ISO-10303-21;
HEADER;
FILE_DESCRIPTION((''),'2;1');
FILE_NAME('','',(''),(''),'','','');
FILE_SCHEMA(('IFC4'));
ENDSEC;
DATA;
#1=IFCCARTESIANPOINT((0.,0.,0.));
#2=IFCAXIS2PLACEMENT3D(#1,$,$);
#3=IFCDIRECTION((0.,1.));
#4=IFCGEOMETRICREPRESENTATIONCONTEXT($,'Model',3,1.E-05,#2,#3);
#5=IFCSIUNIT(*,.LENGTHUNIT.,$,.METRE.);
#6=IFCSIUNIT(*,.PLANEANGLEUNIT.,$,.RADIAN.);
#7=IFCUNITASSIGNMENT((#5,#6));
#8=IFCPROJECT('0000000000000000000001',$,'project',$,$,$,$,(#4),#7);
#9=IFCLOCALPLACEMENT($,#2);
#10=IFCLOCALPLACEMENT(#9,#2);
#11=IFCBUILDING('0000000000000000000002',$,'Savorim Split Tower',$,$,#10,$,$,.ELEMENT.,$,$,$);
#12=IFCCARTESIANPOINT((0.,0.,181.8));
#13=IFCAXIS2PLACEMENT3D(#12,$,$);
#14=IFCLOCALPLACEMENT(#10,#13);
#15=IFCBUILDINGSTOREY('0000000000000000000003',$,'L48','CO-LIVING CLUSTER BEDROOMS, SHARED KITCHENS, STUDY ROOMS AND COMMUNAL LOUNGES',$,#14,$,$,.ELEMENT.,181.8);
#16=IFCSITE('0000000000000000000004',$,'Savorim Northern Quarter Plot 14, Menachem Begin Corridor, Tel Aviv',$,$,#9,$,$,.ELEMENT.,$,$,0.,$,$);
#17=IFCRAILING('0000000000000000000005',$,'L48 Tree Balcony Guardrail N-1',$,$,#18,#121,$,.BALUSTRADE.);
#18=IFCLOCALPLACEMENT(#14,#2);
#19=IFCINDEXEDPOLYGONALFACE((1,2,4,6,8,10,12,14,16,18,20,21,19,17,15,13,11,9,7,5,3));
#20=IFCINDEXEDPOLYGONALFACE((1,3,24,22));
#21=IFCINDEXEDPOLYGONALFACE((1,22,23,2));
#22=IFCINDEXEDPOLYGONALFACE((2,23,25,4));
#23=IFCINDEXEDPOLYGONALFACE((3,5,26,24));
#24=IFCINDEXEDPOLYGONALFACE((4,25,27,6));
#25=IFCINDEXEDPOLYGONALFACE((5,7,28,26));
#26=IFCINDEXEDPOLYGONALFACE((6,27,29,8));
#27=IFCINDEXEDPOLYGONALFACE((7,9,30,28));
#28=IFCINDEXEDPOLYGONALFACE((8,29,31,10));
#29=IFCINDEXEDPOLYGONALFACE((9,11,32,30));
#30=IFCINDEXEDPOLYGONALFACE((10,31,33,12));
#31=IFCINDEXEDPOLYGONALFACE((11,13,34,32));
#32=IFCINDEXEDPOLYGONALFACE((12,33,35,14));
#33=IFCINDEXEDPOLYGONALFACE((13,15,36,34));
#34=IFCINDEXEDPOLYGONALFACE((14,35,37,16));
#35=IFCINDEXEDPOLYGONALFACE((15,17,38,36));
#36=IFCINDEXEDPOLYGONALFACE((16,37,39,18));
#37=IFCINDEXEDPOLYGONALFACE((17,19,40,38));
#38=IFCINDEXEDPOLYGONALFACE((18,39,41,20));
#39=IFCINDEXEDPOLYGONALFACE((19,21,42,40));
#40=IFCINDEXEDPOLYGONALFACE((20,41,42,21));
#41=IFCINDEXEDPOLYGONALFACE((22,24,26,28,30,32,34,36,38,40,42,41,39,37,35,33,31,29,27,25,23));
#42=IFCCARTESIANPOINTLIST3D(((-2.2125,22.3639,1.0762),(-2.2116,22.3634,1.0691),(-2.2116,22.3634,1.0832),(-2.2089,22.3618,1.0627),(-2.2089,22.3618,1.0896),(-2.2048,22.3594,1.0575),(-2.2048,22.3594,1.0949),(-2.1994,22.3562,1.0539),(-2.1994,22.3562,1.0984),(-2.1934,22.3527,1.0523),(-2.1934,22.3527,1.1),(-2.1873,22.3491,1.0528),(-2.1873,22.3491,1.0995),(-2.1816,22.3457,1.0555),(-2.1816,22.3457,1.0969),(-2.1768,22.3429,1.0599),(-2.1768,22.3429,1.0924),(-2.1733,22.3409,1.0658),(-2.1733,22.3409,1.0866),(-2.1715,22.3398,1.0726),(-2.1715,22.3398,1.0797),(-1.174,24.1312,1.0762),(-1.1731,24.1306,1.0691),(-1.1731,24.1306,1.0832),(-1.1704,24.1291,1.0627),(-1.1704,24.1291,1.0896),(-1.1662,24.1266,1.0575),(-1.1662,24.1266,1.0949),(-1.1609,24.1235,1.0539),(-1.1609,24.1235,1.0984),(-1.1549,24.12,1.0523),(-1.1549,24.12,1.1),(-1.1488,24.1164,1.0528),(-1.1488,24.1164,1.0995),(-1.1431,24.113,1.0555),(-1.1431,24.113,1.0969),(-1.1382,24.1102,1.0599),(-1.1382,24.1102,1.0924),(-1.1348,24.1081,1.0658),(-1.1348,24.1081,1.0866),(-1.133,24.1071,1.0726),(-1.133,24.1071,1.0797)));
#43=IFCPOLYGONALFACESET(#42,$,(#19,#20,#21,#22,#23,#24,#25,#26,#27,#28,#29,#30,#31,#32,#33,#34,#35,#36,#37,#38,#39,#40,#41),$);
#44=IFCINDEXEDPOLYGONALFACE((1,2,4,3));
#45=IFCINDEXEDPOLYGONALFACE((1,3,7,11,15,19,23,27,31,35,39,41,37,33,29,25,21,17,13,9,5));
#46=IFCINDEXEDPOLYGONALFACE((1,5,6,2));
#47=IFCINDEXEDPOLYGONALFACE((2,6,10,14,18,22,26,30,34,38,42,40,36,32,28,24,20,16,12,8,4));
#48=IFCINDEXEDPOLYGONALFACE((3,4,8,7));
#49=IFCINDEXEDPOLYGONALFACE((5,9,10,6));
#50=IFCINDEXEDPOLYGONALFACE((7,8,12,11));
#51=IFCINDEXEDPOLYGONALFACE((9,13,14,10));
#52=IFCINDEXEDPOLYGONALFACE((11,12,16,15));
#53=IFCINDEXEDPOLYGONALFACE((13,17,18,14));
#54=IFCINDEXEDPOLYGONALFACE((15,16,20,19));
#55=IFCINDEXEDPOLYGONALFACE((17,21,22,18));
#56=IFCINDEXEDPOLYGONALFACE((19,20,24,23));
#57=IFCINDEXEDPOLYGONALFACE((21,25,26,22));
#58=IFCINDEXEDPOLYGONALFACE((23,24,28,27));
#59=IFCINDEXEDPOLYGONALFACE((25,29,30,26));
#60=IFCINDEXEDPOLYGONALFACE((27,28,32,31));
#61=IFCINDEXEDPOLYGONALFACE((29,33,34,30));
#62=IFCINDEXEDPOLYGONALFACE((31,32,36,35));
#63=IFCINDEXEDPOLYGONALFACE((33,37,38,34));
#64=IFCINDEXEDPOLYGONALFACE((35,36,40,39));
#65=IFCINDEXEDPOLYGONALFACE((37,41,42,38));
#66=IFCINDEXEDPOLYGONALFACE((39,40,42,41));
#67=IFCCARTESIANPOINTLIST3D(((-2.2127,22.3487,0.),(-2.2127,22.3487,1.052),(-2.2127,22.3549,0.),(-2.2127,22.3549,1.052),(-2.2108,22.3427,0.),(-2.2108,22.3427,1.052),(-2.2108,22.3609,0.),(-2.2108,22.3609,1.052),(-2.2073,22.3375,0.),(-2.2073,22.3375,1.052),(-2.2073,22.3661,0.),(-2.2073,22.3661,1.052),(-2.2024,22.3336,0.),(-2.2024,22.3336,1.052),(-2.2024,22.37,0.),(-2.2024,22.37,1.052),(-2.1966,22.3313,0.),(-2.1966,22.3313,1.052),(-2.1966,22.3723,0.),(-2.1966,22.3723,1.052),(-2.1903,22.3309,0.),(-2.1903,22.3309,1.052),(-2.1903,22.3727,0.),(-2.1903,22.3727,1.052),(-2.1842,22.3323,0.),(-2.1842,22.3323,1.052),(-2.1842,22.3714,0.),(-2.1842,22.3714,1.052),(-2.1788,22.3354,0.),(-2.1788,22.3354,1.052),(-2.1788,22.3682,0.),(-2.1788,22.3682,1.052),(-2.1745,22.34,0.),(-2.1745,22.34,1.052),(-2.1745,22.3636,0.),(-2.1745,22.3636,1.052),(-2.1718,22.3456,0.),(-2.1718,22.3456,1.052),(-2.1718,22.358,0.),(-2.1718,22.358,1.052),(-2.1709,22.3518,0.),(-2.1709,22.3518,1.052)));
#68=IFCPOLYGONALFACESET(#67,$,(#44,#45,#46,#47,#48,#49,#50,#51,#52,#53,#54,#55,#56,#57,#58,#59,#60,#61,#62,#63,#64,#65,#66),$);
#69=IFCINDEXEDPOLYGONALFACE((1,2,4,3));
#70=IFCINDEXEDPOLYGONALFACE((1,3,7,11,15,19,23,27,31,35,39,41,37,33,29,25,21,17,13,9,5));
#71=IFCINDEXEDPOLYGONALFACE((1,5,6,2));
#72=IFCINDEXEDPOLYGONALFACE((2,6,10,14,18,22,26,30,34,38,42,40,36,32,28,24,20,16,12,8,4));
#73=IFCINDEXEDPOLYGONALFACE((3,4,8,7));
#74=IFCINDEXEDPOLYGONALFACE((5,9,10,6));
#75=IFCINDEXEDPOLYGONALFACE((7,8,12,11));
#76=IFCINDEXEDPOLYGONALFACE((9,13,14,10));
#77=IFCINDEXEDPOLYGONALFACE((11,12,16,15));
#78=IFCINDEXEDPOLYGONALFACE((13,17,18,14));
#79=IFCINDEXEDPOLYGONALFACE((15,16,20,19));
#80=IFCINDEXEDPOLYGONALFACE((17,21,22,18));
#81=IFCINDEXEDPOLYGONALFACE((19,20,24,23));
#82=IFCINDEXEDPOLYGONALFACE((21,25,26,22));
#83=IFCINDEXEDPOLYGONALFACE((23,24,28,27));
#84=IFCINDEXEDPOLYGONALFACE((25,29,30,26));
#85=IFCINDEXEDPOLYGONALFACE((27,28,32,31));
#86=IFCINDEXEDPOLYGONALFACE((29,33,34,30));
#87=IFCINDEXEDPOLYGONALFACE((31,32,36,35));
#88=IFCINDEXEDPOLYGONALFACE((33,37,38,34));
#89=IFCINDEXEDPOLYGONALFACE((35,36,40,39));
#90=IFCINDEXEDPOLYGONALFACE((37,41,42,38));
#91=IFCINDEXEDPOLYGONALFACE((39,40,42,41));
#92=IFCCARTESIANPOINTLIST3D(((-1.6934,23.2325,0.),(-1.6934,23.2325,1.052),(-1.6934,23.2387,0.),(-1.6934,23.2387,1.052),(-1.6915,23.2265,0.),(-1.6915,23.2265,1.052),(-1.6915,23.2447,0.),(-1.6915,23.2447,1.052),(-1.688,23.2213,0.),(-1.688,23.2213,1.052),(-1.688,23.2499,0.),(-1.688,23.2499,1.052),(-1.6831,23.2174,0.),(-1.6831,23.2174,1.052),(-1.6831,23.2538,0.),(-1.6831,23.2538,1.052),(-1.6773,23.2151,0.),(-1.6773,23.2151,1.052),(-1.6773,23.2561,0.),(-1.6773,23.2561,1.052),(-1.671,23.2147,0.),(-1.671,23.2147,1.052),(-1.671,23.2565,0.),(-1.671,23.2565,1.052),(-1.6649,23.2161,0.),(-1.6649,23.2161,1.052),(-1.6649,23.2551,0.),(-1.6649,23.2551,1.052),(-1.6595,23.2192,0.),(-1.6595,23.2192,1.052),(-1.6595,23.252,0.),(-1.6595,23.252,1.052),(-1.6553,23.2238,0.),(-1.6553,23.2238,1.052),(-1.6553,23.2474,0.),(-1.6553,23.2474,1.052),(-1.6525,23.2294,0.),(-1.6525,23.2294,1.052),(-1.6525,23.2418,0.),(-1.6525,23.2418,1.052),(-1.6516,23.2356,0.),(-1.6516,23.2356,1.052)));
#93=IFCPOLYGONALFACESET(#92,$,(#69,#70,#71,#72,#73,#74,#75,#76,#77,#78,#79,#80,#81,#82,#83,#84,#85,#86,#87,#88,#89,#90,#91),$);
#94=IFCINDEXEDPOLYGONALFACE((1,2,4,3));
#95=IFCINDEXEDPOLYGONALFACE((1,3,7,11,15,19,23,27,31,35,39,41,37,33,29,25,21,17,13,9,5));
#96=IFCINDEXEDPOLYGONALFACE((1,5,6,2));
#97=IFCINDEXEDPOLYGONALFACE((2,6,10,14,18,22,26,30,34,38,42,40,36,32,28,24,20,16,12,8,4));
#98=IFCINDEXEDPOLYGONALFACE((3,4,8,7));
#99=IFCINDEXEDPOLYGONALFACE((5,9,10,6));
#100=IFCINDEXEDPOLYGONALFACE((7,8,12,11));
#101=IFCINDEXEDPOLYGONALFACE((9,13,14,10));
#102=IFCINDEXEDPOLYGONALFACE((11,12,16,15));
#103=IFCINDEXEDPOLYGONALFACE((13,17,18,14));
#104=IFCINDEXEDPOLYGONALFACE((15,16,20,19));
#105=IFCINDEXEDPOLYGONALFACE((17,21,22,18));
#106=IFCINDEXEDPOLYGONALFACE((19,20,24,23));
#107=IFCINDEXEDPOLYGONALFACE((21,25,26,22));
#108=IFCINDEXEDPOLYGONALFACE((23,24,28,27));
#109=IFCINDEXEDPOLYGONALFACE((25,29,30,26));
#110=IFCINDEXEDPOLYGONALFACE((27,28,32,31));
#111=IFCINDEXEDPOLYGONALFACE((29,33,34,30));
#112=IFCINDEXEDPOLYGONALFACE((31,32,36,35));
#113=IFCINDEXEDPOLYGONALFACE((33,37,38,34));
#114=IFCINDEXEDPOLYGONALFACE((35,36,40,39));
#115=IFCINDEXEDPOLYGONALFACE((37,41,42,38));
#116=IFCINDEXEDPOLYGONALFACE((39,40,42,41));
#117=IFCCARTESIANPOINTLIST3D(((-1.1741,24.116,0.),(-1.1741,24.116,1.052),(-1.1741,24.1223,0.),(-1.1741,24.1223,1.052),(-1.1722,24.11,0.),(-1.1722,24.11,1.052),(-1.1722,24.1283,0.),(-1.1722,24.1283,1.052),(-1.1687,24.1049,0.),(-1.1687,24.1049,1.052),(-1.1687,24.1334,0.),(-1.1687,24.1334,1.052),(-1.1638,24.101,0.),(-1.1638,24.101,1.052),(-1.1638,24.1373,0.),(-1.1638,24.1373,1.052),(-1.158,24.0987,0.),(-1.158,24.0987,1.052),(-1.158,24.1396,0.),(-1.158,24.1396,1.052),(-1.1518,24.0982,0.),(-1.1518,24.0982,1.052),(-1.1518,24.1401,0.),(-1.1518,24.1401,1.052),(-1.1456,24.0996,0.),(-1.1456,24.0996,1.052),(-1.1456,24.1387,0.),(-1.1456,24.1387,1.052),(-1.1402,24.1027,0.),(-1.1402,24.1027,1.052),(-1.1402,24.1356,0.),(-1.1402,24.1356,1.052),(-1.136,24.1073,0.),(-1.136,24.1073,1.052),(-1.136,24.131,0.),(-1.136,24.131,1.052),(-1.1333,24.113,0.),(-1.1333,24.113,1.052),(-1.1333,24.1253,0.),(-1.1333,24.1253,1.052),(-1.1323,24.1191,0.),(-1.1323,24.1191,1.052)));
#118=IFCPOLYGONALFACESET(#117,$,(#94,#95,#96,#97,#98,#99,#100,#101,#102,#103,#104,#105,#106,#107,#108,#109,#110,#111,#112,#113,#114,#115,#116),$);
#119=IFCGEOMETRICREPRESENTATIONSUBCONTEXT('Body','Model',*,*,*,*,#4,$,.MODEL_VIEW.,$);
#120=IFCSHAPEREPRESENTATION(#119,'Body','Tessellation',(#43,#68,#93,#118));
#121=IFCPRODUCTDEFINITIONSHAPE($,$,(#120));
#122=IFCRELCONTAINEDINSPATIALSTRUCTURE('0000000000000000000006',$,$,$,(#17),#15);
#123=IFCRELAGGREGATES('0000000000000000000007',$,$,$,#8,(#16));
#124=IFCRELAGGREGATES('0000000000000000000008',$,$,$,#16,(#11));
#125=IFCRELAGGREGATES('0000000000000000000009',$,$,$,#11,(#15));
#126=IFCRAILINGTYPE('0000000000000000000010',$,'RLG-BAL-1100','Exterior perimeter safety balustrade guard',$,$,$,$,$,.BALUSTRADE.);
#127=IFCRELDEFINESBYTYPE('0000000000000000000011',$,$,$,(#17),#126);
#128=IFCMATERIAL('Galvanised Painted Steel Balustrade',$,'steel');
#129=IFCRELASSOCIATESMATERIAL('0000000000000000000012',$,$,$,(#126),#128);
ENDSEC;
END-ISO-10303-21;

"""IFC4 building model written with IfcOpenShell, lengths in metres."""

from ifc_helpers import new_model, si_unit, direction, frame, origin, origin_2d, place, context, subcontext, project, spatial, circle, extrude, material, type_object, element, save


model = new_model("IFC4")

# Units and contexts
model_context = context("Model", 3, precision=1e-05, world=origin(), true_north=direction((0.0, 1.0)))
body_context = subcontext(model_context, "Body", "Model", "MODEL_VIEW")
ifc_project = project(units=[si_unit("LENGTHUNIT", "METRE"), si_unit("PLANEANGLEUNIT", "RADIAN")], contexts=[model_context])

# Site, building, storey
site_placement = place(None, origin())
site = spatial("IfcSite", under=ifc_project, at=site_placement, Name="Savorim Northern Quarter Plot 14, Menachem Begin Corridor, Tel Aviv", CompositionType="ELEMENT", RefElevation=0.0)
building_placement = place(site_placement, origin())
building = spatial("IfcBuilding", under=site, at=building_placement, Name="Savorim Split Tower", CompositionType="ELEMENT")
storey_placement = place(building_placement, frame((0.0, 0.0, 181.8)))
storey = spatial("IfcBuildingStorey", under=building, at=storey_placement, Name="L48", Description="CO-LIVING CLUSTER BEDROOMS, SHARED KITCHENS, STUDY ROOMS AND COMMUNAL LOUNGES", CompositionType="ELEMENT", Elevation=181.8)

# Railing
ifc_material_1 = material(Name="Galvanised Painted Steel Balustrade", Category="steel")
railing_type = type_object("IfcRailingType", Name="RLG-BAL-1100", Description="Exterior perimeter safety balustrade guard", PredefinedType="BALUSTRADE", material=ifc_material_1)
railing_1_placement = place(storey_placement, frame((-2.1919, 22.3518, 0.0)))
element("IfcRailing", 1, at=railing_1_placement, inside=storey, type_object=railing_type, Name="L48 Tree Balcony Guardrail N-1", PredefinedType="BALUSTRADE", context=body_context, shape_type="SweptSolid", body=[
    extrude(circle(Radius=0.0239, at=origin_2d()), frame((0.0, 0.0, 1.0762), z_axis=(0.506645, 0.862155, 0.0), x_axis=(-0.862155, 0.506645, 0.0)), (0.0, 0.0, 1.0), 2.0498),
    extrude(circle(Radius=0.021, at=origin_2d()), origin(), (0.0, 0.0, 1.0), 1.052),
    extrude(circle(Radius=0.021, at=origin_2d()), frame((0.5193, 0.8838, 0.0)), (0.0, 0.0, 1.0), 1.052),
    extrude(circle(Radius=0.021, at=origin_2d()), frame((1.0386, 1.7673, 0.0)), (0.0, 0.0, 1.0), 1.052),
])

save(model, "model.ifc")
